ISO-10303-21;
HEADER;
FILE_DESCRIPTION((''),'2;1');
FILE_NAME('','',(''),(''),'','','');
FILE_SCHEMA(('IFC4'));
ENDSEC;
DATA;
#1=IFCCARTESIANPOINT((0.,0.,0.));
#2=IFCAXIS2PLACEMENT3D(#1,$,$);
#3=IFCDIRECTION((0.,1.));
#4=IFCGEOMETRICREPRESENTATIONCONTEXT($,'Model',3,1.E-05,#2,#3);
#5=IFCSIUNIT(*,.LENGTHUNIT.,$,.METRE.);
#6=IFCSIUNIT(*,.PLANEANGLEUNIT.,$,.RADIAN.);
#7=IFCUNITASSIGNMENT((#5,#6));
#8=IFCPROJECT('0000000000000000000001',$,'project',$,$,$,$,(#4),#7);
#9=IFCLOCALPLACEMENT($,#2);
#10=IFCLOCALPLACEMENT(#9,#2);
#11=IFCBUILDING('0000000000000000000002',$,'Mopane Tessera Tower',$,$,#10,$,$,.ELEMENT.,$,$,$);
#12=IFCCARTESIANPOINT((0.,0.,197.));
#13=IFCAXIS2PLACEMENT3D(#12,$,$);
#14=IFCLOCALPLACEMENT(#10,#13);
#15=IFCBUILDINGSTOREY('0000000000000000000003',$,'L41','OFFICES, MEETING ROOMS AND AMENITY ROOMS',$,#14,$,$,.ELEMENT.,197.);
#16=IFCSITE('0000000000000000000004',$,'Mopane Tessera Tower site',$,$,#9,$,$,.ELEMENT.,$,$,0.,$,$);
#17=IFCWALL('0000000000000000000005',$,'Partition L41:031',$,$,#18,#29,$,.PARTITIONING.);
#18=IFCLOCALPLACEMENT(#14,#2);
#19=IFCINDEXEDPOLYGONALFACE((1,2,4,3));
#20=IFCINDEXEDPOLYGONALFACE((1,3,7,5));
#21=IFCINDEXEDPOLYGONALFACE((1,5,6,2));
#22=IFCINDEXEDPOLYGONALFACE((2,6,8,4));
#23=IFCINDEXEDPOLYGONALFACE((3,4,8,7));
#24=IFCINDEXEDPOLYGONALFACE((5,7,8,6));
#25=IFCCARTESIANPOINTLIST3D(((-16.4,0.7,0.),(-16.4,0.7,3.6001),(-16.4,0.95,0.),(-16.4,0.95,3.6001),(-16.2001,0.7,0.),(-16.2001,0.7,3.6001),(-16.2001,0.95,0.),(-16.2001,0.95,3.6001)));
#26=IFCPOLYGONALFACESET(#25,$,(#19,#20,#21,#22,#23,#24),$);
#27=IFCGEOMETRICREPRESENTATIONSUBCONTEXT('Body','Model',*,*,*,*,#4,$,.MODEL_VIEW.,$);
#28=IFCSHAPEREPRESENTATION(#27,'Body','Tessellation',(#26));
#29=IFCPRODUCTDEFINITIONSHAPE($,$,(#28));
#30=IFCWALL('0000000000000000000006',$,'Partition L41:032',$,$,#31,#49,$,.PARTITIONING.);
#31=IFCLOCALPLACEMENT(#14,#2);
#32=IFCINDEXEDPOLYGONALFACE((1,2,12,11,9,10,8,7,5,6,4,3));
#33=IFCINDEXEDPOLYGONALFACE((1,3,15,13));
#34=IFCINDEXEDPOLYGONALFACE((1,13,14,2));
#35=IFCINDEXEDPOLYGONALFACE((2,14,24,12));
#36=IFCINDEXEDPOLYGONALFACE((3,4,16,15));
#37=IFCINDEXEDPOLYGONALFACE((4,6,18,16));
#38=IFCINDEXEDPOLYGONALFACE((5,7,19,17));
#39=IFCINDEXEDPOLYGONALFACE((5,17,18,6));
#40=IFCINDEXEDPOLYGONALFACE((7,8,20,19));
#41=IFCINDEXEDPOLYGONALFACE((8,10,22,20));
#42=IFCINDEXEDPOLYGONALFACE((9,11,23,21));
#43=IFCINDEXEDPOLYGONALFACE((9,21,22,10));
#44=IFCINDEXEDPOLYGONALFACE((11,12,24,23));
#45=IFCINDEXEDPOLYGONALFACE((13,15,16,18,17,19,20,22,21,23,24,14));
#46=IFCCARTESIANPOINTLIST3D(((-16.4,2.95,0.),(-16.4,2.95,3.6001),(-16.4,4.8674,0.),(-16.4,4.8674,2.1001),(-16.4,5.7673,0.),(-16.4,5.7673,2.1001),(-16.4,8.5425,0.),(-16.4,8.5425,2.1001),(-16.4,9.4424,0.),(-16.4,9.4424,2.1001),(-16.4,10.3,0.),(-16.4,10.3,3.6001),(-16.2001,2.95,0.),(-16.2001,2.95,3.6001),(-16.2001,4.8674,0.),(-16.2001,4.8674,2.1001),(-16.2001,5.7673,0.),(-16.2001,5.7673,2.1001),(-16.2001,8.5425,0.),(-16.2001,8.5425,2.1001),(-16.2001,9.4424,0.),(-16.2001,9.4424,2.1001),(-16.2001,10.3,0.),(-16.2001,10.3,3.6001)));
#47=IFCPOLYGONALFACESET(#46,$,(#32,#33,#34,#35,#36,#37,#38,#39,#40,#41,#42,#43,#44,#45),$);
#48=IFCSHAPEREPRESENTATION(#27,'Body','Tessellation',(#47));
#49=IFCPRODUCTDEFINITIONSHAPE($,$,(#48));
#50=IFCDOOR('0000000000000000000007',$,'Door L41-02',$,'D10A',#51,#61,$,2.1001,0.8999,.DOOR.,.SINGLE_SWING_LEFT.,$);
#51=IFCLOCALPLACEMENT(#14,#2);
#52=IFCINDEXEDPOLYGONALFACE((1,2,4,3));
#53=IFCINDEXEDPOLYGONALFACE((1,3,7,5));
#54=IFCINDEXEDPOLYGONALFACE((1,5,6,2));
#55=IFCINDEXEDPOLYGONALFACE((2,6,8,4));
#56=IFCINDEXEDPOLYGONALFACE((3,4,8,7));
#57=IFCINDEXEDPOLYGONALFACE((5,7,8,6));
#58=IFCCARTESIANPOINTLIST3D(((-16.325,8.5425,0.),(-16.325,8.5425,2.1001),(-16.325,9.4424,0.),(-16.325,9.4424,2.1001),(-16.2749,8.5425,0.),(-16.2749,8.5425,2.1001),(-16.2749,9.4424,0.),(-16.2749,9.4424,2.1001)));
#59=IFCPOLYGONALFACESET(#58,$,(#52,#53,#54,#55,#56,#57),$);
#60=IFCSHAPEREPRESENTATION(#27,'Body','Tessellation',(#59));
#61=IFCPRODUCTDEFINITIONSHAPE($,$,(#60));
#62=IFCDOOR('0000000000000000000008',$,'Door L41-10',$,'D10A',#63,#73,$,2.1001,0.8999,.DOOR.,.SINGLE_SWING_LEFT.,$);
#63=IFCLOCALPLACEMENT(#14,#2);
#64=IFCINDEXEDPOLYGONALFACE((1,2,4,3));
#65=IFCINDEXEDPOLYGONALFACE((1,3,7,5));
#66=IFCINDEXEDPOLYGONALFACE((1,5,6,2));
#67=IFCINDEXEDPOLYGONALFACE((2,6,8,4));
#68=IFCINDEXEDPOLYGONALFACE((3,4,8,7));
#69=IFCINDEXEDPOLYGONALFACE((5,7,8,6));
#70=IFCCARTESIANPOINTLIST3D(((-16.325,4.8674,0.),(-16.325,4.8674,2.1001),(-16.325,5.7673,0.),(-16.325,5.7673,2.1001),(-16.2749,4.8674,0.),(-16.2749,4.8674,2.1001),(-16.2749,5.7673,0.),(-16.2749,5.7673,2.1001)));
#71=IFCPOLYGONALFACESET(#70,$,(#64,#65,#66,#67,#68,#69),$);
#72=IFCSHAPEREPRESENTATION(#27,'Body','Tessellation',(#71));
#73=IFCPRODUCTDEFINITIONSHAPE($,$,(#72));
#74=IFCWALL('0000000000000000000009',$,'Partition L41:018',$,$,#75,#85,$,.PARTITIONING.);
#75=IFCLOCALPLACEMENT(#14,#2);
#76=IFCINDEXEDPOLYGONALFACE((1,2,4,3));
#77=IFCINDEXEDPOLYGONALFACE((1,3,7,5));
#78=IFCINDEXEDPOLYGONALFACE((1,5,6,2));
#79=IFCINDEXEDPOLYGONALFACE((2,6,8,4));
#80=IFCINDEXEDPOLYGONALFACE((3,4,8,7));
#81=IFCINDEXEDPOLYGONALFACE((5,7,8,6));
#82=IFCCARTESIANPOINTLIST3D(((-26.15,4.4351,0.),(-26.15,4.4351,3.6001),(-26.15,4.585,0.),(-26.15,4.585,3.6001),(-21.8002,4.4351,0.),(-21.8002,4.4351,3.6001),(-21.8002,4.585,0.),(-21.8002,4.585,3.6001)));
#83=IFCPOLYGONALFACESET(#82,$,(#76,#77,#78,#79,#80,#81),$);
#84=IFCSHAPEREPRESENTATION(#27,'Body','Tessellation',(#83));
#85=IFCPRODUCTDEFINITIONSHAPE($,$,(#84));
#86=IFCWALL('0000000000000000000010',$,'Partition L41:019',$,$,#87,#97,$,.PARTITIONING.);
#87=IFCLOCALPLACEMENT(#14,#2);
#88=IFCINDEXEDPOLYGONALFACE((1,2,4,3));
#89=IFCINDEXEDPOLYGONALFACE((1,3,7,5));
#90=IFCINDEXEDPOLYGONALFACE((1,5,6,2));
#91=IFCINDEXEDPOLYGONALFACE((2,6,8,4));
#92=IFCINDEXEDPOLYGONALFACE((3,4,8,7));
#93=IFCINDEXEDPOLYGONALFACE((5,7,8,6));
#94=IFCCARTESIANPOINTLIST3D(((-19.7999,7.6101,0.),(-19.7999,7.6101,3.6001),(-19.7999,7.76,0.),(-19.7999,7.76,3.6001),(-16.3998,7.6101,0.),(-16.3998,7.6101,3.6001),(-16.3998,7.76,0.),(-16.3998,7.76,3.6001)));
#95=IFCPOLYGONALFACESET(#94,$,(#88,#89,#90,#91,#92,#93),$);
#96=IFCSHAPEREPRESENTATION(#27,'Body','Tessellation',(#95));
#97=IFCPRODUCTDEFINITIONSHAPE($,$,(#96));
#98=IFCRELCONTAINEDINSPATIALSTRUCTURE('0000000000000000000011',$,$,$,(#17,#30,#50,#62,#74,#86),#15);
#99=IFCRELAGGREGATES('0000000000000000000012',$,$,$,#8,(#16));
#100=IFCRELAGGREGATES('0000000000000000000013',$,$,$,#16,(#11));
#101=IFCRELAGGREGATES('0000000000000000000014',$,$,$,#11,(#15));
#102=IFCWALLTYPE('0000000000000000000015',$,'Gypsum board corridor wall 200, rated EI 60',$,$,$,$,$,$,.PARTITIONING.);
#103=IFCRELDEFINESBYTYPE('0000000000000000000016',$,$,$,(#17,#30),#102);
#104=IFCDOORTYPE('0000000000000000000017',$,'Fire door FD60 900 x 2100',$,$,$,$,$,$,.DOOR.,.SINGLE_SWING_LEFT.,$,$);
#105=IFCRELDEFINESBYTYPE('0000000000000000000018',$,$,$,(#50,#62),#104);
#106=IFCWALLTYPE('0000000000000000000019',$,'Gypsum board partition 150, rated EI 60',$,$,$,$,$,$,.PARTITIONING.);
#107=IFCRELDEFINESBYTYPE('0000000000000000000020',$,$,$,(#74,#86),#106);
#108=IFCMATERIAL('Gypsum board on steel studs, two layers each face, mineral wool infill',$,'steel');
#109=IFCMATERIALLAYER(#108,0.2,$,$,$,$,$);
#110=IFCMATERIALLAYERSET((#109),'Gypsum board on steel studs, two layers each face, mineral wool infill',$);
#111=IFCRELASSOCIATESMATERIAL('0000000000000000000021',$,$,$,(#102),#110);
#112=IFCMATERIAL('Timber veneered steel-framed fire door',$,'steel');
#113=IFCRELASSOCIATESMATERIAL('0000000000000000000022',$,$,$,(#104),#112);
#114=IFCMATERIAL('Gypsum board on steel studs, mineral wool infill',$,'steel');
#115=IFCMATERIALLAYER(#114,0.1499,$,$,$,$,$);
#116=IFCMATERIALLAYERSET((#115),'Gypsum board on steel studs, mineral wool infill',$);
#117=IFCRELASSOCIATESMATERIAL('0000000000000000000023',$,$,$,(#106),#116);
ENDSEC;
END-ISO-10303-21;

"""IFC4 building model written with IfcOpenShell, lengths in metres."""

from ifc_helpers import new_model, si_unit, direction, frame, frame_2d, origin, place, context, subcontext, project, spatial, rectangle, extrude, material, layer, layer_set, type_object, element, fill, save


model = new_model("IFC4")

# Units and contexts
model_context = context("Model", 3, precision=1e-05, world=origin(), true_north=direction((0.0, 1.0)))
body_context = subcontext(model_context, "Body", "Model", "MODEL_VIEW")
ifc_project = project(units=[si_unit("LENGTHUNIT", "METRE"), si_unit("PLANEANGLEUNIT", "RADIAN")], contexts=[model_context])

# Site, building, storey
site_placement = place(None, origin())
site = spatial("IfcSite", under=ifc_project, at=site_placement, Name="Mopane Tessera Tower site", CompositionType="ELEMENT", RefElevation=0.0)
building_placement = place(site_placement, origin())
building = spatial("IfcBuilding", under=site, at=building_placement, Name="Mopane Tessera Tower", CompositionType="ELEMENT")
storey_placement = place(building_placement, frame((0.0, 0.0, 197.0)))
storey = spatial("IfcBuildingStorey", under=building, at=storey_placement, Name="L41", Description="OFFICES, MEETING ROOMS AND AMENITY ROOMS", CompositionType="ELEMENT", Elevation=197.0)

# Shared definitions
ifc_material_1 = material(Name="Gypsum board on steel studs, two layers each face, mineral wool infill", Category="steel")
ifc_layer_1 = layer(ifc_material_1, 0.2)
ifc_layer_set_1 = layer_set([ifc_layer_1], Name="Gypsum board on steel studs, two layers each face, mineral wool infill")
wall_type_1 = type_object("IfcWallType", Name="Gypsum board corridor wall 200, rated EI 60", PredefinedType="PARTITIONING", material=ifc_layer_set_1)

# Wall
wall_1_placement = place(storey_placement, frame((-16.3, 0.7, 0.0), z_axis=(0.0, 0.0, 1.0), x_axis=(0.0, 1.0, 0.0)))
element("IfcWall", 1, at=wall_1_placement, inside=storey, type_object=wall_type_1, Name="Partition L41:031", PredefinedType="PARTITIONING", context=body_context, shape_type="SweptSolid", body=[
    extrude(rectangle(XDim=0.25, YDim=0.2, at=frame_2d((0.125, 0.0))), origin(), (0.0, 0.0, 1.0), 3.6001),
])

# Wall, openings, doors
wall_2_placement = place(storey_placement, frame((-16.3, 2.95, 0.0), z_axis=(0.0, 0.0, 1.0), x_axis=(0.0, 1.0, 0.0)))
wall_2 = element("IfcWall", 2, at=wall_2_placement, inside=storey, type_object=wall_type_1, Name="Partition L41:032", PredefinedType="PARTITIONING", context=body_context, shape_type="SweptSolid", body=[
    extrude(rectangle(XDim=7.3501, YDim=0.2, at=frame_2d((3.675, 0.0))), origin(), (0.0, 0.0, 1.0), 3.6001),
])
opening_1_placement = place(wall_2_placement, frame((5.5925, 0.0, 0.0)))
opening_1 = element("IfcOpeningElement", 3, at=opening_1_placement, cuts=wall_2, PredefinedType="OPENING", context=body_context, shape_type="SweptSolid", body=[
    extrude(rectangle(XDim=0.8999, YDim=2.1001, at=frame_2d((0.45, 1.05))), frame((0.0, 0.1121, 0.0), z_axis=(0.0, -1.0, 0.0), x_axis=(1.0, 0.0, 0.0)), (0.0, 0.0, 1.0), 0.2239),
])
opening_2_placement = place(wall_2_placement, frame((1.9175, 0.0, 0.0)))
opening_2 = element("IfcOpeningElement", 4, at=opening_2_placement, cuts=wall_2, PredefinedType="OPENING", context=body_context, shape_type="SweptSolid", body=[
    extrude(rectangle(XDim=0.8999, YDim=2.1001, at=frame_2d((0.45, 1.05))), frame((0.0, 0.1121, 0.0), z_axis=(0.0, -1.0, 0.0), x_axis=(1.0, 0.0, 0.0)), (0.0, 0.0, 1.0), 0.2239),
])
ifc_material_2 = material(Name="Timber veneered steel-framed fire door", Category="steel")
door_type_1 = type_object("IfcDoorType", Name="Fire door FD60 900 x 2100", OperationType="SINGLE_SWING_LEFT", PredefinedType="DOOR", material=ifc_material_2)
door_1_placement = place(opening_1_placement, origin())
door_1 = element("IfcDoor", 5, at=door_1_placement, inside=storey, type_object=door_type_1, Name="Door L41-02", ObjectType="D10A", OperationType="SINGLE_SWING_LEFT", OverallHeight=2.1001, OverallWidth=0.8999, PredefinedType="DOOR", context=body_context, shape_type="SweptSolid", body=[
    extrude(rectangle(XDim=0.8999, YDim=2.1001, at=frame_2d((0.45, 1.05))), frame((0.0, 0.0249, 0.0), z_axis=(0.0, -1.0, 0.0), x_axis=(1.0, 0.0, 0.0)), (0.0, 0.0, 1.0), 0.05),
])
fill(opening_1, door_1)
door_2_placement = place(opening_2_placement, origin())
door_2 = element("IfcDoor", 6, at=door_2_placement, inside=storey, type_object=door_type_1, Name="Door L41-10", ObjectType="D10A", OperationType="SINGLE_SWING_LEFT", OverallHeight=2.1001, OverallWidth=0.8999, PredefinedType="DOOR", context=body_context, shape_type="SweptSolid", body=[
    extrude(rectangle(XDim=0.8999, YDim=2.1001, at=frame_2d((0.45, 1.05))), frame((0.0, 0.0249, 0.0), z_axis=(0.0, -1.0, 0.0), x_axis=(1.0, 0.0, 0.0)), (0.0, 0.0, 1.0), 0.05),
])
fill(opening_2, door_2)

# Walls
ifc_material_3 = material(Name="Gypsum board on steel studs, mineral wool infill", Category="steel")
ifc_layer_2 = layer(ifc_material_3, 0.1499)
ifc_layer_set_2 = layer_set([ifc_layer_2], Name="Gypsum board on steel studs, mineral wool infill")
wall_type_2 = type_object("IfcWallType", Name="Gypsum board partition 150, rated EI 60", PredefinedType="PARTITIONING", material=ifc_layer_set_2)
wall_3_placement = place(storey_placement, frame((-26.1499, 4.51, 0.0), z_axis=(0.0, 0.0, 1.0), x_axis=(1.0, 0.0, 0.0)))
element("IfcWall", 7, at=wall_3_placement, inside=storey, type_object=wall_type_2, Name="Partition L41:018", PredefinedType="PARTITIONING", context=body_context, shape_type="SweptSolid", body=[
    extrude(rectangle(XDim=4.3499, YDim=0.1499, at=frame_2d((2.1748, 0.0))), origin(), (0.0, 0.0, 1.0), 3.6001),
])
wall_4_placement = place(storey_placement, frame((-19.8, 7.6851, 0.0), z_axis=(0.0, 0.0, 1.0), x_axis=(1.0, 0.0, 0.0)))
element("IfcWall", 8, at=wall_4_placement, inside=storey, type_object=wall_type_2, Name="Partition L41:019", PredefinedType="PARTITIONING", context=body_context, shape_type="SweptSolid", body=[
    extrude(rectangle(XDim=3.4001, YDim=0.1499, at=frame_2d((1.7002, 0.0))), origin(), (0.0, 0.0, 1.0), 3.6001),
])

save(model, "model.ifc")
